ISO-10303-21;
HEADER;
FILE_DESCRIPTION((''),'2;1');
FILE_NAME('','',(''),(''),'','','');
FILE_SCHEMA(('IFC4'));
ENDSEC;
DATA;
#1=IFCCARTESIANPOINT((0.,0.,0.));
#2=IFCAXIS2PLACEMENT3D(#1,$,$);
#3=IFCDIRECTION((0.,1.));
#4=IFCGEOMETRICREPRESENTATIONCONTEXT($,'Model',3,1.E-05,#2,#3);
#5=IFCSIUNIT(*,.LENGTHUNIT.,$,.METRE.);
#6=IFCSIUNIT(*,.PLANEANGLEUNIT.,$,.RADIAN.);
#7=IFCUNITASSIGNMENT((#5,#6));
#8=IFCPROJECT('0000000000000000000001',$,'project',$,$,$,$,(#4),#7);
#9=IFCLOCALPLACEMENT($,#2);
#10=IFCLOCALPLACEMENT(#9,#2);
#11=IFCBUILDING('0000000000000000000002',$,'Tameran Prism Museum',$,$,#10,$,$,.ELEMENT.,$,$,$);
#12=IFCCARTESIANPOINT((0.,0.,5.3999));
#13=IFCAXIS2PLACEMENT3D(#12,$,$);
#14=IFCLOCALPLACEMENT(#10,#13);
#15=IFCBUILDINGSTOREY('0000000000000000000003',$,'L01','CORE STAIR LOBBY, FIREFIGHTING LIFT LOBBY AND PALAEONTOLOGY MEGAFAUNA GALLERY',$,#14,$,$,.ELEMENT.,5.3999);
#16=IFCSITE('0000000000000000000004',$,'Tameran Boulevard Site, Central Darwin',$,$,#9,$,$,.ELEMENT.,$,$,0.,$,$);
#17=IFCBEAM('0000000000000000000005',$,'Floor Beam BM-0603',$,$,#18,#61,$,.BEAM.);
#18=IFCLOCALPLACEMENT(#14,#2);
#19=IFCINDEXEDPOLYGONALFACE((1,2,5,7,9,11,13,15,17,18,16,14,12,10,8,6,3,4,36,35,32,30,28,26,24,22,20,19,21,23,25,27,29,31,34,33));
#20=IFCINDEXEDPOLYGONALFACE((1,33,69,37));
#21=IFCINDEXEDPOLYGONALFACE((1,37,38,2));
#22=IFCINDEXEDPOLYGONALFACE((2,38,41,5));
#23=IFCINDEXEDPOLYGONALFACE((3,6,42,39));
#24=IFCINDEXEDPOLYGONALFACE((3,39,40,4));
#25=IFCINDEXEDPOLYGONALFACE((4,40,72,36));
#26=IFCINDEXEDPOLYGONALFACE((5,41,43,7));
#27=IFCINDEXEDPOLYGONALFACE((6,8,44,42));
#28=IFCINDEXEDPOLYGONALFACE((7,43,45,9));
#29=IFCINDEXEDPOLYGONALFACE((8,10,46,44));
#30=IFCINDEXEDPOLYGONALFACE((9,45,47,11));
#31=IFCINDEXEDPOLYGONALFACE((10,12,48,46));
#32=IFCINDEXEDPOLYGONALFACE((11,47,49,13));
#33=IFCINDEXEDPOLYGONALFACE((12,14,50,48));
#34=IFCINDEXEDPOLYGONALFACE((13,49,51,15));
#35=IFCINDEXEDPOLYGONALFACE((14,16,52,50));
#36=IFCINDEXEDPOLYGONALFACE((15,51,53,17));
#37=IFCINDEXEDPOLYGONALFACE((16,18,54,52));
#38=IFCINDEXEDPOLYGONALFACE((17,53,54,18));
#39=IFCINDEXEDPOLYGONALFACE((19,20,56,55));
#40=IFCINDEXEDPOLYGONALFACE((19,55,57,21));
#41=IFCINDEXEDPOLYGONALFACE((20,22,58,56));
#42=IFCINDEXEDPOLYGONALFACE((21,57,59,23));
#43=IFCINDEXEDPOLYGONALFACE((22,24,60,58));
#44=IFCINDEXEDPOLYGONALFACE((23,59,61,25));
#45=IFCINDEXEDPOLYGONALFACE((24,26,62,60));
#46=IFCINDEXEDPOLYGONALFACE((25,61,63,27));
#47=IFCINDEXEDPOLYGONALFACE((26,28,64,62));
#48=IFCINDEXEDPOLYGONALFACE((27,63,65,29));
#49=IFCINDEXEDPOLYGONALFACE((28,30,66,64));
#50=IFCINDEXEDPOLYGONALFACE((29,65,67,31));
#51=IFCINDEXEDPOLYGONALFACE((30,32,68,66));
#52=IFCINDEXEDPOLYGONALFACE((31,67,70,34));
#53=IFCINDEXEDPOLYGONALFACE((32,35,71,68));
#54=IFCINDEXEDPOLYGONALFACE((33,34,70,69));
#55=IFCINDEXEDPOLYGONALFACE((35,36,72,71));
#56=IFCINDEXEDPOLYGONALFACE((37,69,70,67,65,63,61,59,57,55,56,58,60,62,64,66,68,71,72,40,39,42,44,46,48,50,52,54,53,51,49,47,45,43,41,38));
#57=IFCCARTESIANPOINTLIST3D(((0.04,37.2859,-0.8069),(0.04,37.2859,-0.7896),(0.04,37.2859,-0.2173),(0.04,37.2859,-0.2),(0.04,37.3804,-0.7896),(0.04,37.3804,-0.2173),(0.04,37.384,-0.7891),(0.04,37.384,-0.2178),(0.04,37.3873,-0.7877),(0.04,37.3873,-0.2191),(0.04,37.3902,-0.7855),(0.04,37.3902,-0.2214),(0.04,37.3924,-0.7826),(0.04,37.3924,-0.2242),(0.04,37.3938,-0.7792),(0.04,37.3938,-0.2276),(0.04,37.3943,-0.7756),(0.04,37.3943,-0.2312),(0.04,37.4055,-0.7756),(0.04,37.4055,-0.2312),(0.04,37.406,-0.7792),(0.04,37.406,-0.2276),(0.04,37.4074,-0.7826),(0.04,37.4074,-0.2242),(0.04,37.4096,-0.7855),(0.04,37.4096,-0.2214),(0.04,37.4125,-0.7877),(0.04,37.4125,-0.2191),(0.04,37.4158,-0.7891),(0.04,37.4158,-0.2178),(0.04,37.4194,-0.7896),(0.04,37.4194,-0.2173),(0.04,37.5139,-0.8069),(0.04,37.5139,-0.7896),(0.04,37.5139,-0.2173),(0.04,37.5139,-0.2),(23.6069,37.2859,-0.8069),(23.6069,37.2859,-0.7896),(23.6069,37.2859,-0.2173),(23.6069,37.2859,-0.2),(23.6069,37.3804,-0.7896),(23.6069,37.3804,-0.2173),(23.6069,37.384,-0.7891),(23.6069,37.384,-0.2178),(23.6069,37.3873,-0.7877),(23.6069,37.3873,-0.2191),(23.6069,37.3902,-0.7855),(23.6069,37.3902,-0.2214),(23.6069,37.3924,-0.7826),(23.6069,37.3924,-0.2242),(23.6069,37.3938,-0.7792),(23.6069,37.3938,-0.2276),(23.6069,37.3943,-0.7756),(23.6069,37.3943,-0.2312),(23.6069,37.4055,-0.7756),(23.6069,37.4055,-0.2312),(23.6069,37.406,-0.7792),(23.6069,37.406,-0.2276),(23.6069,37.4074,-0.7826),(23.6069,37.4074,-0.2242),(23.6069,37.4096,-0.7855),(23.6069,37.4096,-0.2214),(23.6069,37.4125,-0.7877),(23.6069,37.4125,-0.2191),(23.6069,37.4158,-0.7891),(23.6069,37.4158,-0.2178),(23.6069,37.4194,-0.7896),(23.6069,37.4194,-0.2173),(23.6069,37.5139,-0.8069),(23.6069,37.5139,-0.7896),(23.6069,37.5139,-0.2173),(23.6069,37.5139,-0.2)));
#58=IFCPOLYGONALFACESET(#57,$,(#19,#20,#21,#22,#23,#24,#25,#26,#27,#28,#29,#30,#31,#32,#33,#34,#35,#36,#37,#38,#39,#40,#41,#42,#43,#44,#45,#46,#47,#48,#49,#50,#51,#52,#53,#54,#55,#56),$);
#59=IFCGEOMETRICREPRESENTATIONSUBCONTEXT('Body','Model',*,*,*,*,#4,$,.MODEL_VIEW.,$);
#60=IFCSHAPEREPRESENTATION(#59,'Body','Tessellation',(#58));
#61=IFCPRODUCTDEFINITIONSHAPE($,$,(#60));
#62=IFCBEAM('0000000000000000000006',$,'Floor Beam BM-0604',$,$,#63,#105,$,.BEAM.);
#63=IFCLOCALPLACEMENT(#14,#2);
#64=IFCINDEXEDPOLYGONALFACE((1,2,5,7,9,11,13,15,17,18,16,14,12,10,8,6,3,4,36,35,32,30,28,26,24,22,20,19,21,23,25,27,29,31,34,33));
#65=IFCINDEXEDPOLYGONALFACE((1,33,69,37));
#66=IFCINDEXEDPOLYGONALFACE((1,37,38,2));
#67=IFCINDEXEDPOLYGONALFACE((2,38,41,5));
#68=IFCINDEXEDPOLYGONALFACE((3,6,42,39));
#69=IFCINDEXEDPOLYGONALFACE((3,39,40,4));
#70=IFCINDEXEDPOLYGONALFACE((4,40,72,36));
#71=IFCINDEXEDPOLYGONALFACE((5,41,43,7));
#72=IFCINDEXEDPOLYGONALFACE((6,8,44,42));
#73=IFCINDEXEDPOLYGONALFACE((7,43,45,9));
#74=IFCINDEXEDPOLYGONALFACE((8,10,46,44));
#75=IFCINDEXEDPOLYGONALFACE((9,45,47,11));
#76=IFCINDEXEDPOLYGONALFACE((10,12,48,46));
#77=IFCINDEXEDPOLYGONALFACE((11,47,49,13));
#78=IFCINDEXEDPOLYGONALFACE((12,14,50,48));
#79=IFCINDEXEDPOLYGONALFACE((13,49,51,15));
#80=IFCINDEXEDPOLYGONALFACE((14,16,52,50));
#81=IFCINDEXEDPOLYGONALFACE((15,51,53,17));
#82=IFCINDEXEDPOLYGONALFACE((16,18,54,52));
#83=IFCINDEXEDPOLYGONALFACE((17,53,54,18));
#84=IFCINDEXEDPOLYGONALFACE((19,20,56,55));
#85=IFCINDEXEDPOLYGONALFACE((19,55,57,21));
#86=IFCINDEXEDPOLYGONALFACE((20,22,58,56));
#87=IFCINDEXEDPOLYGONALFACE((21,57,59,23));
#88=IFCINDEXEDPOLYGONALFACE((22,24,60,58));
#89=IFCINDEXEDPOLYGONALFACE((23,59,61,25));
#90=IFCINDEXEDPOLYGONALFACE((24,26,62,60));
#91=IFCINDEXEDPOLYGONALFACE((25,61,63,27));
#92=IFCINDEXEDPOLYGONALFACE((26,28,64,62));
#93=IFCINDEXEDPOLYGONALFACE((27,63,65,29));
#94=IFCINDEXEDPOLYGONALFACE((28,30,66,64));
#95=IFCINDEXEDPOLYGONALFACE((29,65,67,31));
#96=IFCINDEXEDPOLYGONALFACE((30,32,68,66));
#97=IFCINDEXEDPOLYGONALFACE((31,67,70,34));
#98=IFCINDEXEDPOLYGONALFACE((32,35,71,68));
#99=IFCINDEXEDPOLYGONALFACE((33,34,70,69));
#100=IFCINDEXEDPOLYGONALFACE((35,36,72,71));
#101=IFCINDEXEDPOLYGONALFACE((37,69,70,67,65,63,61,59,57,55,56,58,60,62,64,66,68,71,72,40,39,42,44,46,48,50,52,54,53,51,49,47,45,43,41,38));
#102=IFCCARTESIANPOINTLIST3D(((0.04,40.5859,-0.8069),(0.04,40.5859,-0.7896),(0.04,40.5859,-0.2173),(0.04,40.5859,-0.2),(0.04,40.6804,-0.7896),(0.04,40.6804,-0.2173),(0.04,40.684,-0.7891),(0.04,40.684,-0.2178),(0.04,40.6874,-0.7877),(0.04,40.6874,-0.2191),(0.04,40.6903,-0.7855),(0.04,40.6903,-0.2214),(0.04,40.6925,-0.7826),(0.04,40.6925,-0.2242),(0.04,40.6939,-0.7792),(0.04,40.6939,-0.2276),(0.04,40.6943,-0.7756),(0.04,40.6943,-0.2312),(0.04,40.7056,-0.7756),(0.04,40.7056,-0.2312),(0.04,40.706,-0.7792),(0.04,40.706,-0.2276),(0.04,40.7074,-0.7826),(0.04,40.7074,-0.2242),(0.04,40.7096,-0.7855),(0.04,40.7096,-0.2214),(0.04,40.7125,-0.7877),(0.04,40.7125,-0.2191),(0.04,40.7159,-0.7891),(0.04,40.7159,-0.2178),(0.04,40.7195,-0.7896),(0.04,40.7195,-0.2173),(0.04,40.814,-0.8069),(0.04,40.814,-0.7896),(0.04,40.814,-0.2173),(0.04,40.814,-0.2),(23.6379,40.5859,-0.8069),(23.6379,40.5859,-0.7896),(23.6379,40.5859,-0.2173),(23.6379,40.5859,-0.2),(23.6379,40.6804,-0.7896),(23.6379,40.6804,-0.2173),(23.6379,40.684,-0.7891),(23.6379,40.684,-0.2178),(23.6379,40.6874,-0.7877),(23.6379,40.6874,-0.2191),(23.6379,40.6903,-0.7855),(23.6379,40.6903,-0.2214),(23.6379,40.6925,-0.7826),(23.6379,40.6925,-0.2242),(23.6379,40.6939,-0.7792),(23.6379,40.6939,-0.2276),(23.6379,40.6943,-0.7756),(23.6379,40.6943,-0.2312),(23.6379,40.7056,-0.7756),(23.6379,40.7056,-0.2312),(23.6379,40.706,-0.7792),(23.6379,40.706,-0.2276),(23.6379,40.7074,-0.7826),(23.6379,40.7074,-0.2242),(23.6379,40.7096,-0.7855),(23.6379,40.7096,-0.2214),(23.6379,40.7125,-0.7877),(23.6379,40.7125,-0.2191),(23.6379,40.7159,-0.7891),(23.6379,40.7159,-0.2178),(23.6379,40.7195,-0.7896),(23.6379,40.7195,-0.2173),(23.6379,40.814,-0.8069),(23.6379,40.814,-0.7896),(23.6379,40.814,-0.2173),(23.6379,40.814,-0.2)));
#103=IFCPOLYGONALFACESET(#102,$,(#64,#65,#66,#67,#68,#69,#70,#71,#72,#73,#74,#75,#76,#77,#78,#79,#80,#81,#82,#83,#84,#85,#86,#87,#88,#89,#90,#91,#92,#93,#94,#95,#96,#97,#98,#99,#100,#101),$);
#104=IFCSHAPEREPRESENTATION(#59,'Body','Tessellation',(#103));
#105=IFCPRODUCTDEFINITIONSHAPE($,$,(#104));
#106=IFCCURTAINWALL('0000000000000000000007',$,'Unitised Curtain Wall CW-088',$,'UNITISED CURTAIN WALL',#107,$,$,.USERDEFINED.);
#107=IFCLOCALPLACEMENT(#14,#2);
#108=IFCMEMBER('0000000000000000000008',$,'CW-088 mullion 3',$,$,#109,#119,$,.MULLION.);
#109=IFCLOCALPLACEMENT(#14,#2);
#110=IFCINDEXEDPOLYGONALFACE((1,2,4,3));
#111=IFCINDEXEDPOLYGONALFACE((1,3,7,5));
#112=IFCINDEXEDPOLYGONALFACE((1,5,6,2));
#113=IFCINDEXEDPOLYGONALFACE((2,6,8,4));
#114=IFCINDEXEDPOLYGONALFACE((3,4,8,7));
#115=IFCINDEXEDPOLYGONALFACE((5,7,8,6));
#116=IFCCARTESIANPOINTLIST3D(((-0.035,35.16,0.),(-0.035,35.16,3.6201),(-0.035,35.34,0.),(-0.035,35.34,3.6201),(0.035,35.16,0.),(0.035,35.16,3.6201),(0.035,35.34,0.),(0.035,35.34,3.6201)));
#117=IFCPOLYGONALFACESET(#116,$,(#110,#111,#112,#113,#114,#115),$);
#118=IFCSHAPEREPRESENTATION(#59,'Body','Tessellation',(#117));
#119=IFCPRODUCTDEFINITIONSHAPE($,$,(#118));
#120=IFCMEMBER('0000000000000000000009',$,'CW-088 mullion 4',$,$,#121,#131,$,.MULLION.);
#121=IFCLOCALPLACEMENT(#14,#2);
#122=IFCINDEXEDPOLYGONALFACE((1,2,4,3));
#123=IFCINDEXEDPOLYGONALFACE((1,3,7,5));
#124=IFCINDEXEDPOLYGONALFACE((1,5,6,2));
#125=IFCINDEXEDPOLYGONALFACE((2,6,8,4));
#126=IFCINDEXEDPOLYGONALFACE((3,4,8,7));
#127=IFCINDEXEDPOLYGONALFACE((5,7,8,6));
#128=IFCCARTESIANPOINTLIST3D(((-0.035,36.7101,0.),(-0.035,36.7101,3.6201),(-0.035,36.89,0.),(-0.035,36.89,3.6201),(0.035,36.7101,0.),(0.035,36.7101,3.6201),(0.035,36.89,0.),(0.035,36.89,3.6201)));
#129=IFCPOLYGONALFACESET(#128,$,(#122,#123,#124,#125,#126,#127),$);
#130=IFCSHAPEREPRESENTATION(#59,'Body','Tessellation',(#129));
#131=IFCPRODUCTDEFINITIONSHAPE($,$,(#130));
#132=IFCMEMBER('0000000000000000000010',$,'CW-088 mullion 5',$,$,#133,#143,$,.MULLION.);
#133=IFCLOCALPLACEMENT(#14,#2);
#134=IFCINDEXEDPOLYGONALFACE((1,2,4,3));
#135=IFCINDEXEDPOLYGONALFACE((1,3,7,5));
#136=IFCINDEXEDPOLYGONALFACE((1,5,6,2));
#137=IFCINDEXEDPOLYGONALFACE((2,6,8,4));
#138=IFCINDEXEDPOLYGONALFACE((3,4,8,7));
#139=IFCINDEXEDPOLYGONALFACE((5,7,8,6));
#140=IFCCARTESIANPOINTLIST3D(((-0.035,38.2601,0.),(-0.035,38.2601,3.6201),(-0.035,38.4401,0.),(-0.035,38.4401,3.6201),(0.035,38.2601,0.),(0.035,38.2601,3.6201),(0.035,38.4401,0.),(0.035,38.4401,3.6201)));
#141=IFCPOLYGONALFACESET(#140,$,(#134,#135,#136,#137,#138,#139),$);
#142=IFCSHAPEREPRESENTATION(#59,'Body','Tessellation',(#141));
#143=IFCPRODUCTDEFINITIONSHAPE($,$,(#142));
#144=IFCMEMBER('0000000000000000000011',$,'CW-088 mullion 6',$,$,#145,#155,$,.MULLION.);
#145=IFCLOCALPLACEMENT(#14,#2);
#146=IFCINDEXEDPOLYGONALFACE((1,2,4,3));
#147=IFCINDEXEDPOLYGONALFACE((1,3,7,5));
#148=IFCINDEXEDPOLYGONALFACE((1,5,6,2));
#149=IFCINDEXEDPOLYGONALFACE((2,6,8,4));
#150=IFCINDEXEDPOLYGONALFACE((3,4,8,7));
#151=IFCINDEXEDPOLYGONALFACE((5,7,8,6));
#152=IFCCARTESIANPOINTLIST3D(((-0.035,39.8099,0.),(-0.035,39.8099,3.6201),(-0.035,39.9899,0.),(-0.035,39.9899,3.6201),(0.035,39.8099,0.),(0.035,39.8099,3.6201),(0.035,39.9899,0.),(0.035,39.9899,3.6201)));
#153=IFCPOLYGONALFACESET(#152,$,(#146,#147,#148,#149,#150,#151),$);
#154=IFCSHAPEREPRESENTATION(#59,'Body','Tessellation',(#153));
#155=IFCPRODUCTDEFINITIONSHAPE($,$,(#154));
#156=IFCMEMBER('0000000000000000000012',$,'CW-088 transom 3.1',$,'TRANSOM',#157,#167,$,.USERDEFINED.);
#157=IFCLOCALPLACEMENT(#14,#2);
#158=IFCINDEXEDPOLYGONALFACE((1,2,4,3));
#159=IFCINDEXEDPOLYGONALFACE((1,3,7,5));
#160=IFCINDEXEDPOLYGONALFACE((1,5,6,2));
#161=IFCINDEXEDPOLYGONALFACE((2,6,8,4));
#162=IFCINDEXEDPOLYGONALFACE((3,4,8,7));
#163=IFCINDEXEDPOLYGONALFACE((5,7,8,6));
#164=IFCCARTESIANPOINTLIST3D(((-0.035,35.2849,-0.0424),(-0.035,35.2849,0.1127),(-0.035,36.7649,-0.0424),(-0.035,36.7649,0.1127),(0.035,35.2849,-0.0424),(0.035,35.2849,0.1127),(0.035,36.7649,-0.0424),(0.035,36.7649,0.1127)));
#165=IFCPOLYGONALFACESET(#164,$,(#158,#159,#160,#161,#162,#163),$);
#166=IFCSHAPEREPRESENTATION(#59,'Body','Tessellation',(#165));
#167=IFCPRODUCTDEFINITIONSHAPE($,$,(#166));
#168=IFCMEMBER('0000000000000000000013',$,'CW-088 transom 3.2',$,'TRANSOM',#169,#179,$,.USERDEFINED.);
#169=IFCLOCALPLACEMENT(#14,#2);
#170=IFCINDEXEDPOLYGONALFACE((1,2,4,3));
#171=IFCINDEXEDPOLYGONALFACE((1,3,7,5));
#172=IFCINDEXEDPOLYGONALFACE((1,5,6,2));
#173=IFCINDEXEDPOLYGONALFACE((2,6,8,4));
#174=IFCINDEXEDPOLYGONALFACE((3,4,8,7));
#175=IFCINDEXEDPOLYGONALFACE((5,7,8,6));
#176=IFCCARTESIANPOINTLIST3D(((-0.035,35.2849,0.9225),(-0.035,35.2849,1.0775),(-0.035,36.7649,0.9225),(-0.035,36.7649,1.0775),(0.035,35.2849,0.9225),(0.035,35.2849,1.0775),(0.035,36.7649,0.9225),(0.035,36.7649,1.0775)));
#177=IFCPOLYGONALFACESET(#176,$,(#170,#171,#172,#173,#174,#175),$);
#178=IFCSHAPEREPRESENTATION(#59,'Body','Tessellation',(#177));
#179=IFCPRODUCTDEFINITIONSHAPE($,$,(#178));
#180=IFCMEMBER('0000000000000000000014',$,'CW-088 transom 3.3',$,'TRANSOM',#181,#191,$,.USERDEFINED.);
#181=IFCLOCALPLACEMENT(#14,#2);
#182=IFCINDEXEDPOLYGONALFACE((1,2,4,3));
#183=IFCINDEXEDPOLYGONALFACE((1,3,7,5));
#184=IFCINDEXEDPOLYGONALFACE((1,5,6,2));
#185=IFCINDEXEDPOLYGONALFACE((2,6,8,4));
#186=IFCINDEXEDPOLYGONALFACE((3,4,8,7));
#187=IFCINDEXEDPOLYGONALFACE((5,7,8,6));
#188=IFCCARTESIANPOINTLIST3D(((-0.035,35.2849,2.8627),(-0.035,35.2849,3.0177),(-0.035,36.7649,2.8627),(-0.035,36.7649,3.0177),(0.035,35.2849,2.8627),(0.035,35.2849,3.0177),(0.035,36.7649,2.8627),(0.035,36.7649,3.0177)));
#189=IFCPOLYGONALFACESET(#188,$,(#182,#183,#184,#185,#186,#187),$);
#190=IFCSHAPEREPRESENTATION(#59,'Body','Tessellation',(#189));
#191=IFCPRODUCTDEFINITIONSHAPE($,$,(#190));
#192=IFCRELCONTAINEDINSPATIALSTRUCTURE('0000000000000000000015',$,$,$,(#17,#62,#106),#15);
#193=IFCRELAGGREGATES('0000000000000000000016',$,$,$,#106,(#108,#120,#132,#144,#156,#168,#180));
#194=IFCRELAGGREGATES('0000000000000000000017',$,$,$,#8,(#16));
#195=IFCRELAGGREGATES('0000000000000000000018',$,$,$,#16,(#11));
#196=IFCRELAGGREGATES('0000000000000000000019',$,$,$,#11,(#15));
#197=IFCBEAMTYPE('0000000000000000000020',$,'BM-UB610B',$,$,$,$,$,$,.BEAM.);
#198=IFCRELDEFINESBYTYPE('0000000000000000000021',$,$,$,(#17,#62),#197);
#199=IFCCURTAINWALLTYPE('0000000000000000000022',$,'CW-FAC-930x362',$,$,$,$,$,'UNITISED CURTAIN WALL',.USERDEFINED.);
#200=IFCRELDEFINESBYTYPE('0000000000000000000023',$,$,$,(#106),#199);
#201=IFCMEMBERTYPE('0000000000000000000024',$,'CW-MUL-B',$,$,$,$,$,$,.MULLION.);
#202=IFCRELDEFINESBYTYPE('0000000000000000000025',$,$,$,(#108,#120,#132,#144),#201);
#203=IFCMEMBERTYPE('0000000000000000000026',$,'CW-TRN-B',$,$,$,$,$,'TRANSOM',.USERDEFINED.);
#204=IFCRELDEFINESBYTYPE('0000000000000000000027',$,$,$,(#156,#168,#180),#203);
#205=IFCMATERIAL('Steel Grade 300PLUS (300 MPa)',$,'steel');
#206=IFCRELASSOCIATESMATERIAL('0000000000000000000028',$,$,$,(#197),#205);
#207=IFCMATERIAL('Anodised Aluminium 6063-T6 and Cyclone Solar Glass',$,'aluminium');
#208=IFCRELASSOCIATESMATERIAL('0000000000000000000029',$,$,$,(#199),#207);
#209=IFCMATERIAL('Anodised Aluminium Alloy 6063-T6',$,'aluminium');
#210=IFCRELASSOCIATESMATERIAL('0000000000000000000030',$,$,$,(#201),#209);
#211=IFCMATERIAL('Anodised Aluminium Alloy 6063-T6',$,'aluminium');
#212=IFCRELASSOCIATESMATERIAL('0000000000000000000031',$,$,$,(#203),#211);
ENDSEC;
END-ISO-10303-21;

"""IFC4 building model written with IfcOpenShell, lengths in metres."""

from ifc_helpers import new_model, si_unit, direction, frame, origin, origin_2d, place, context, subcontext, project, spatial, rectangle, i_section, extrude, material, material_profile, profile_set, type_object, element, aggregate, save


model = new_model("IFC4")

# Units and contexts
model_context = context("Model", 3, precision=1e-05, world=origin(), true_north=direction((0.0, 1.0)))
body_context = subcontext(model_context, "Body", "Model", "MODEL_VIEW")
ifc_project = project(units=[si_unit("LENGTHUNIT", "METRE"), si_unit("PLANEANGLEUNIT", "RADIAN")], contexts=[model_context])

# Site, building, storey
site_placement = place(None, origin())
site = spatial("IfcSite", under=ifc_project, at=site_placement, Name="Tameran Boulevard Site, Central Darwin", CompositionType="ELEMENT", RefElevation=0.0)
building_placement = place(site_placement, origin())
building = spatial("IfcBuilding", under=site, at=building_placement, Name="Tameran Prism Museum", CompositionType="ELEMENT")
storey_placement = place(building_placement, frame((0.0, 0.0, 5.3999)))
storey = spatial("IfcBuildingStorey", under=building, at=storey_placement, Name="L01", Description="CORE STAIR LOBBY, FIREFIGHTING LIFT LOBBY AND PALAEONTOLOGY MEGAFAUNA GALLERY", CompositionType="ELEMENT", Elevation=5.3999)

# Beams
ifc_material_1 = material(Name="Steel Grade 300PLUS (300 MPa)", Category="steel")
ifc_material_profile_1 = material_profile(ifc_material_1, i_section(OverallWidth=0.228, OverallDepth=0.6069, WebThickness=0.0112, FlangeThickness=0.0173, FilletRadius=0.0139, at=origin_2d()))
ifc_profile_set_1 = profile_set([ifc_material_profile_1])
beam_type = type_object("IfcBeamType", Name="BM-UB610B", PredefinedType="BEAM", material=ifc_profile_set_1)
beam_1_placement = place(storey_placement, frame((0.04, 37.3999, -0.5034), z_axis=(1.0, 0.0, 0.0), x_axis=(0.0, 1.0, 0.0)))
element("IfcBeam", 1, at=beam_1_placement, inside=storey, type_object=beam_type, Name="Floor Beam BM-0603", PredefinedType="BEAM", context=body_context, shape_type="SweptSolid", body=[
    extrude(i_section(OverallWidth=0.228, OverallDepth=0.6069, WebThickness=0.0112, FlangeThickness=0.0173, FilletRadius=0.0139, at=origin_2d()), origin(), (0.0, 0.0, 1.0), 23.5669),
])
beam_2_placement = place(storey_placement, frame((0.04, 40.7, -0.5034), z_axis=(1.0, 0.0, 0.0), x_axis=(0.0, 1.0, 0.0)))
element("IfcBeam", 2, at=beam_2_placement, inside=storey, type_object=beam_type, Name="Floor Beam BM-0604", PredefinedType="BEAM", context=body_context, shape_type="SweptSolid", body=[
    extrude(i_section(OverallWidth=0.228, OverallDepth=0.6069, WebThickness=0.0112, FlangeThickness=0.0173, FilletRadius=0.0139, at=origin_2d()), origin(), (0.0, 0.0, 1.0), 23.5979),
])

# Curtain wall, members
ifc_material_2 = material(Name="Anodised Aluminium 6063-T6 and Cyclone Solar Glass", Category="aluminium")
curtain_wall_type = type_object("IfcCurtainWallType", Name="CW-FAC-930x362", ElementType="UNITISED CURTAIN WALL", PredefinedType="USERDEFINED", material=ifc_material_2)
curtain_wall_placement = place(storey_placement, origin())
curtain_wall = element("IfcCurtainWall", 3, at=curtain_wall_placement, inside=storey, type_object=curtain_wall_type, Name="Unitised Curtain Wall CW-088", ObjectType="UNITISED CURTAIN WALL", PredefinedType="USERDEFINED")
ifc_material_3 = material(Name="Anodised Aluminium Alloy 6063-T6", Category="aluminium")
ifc_material_profile_2 = material_profile(ifc_material_3, rectangle(XDim=0.0701, YDim=0.1799, at=origin_2d()))
ifc_profile_set_2 = profile_set([ifc_material_profile_2])
member_type_1 = type_object("IfcMemberType", Name="CW-MUL-B", PredefinedType="MULLION", material=ifc_profile_set_2)
member_1_placement = place(storey_placement, frame((0.0, 35.25, 0.0), z_axis=(0.0, 0.0, 1.0), x_axis=(-1.0, 0.0, 0.0)))
member_1 = element("IfcMember", 4, at=member_1_placement, type_object=member_type_1, Name="CW-088 mullion 3", PredefinedType="MULLION", context=body_context, shape_type="SweptSolid", body=[
    extrude(rectangle(XDim=0.0701, YDim=0.1799, at=origin_2d()), origin(), (0.0, 0.0, 1.0), 3.6201),
])
member_2_placement = place(storey_placement, frame((0.0, 36.8, 0.0), z_axis=(0.0, 0.0, 1.0), x_axis=(-1.0, 0.0, 0.0)))
member_2 = element("IfcMember", 5, at=member_2_placement, type_object=member_type_1, Name="CW-088 mullion 4", PredefinedType="MULLION", context=body_context, shape_type="SweptSolid", body=[
    extrude(rectangle(XDim=0.0701, YDim=0.1799, at=origin_2d()), origin(), (0.0, 0.0, 1.0), 3.6201),
])
member_3_placement = place(storey_placement, frame((0.0, 38.3501, 0.0), z_axis=(0.0, 0.0, 1.0), x_axis=(-1.0, 0.0, 0.0)))
member_3 = element("IfcMember", 6, at=member_3_placement, type_object=member_type_1, Name="CW-088 mullion 5", PredefinedType="MULLION", context=body_context, shape_type="SweptSolid", body=[
    extrude(rectangle(XDim=0.0701, YDim=0.1799, at=origin_2d()), origin(), (0.0, 0.0, 1.0), 3.6201),
])
member_4_placement = place(storey_placement, frame((0.0, 39.8999, 0.0), z_axis=(0.0, 0.0, 1.0), x_axis=(-1.0, 0.0, 0.0)))
member_4 = element("IfcMember", 7, at=member_4_placement, type_object=member_type_1, Name="CW-088 mullion 6", PredefinedType="MULLION", context=body_context, shape_type="SweptSolid", body=[
    extrude(rectangle(XDim=0.0701, YDim=0.1799, at=origin_2d()), origin(), (0.0, 0.0, 1.0), 3.6201),
])
ifc_material_4 = material(Name="Anodised Aluminium Alloy 6063-T6", Category="aluminium")
ifc_material_profile_3 = material_profile(ifc_material_4, rectangle(XDim=0.0701, YDim=0.155, at=origin_2d()))
ifc_profile_set_3 = profile_set([ifc_material_profile_3])
member_type_2 = type_object("IfcMemberType", Name="CW-TRN-B", ElementType="TRANSOM", PredefinedType="USERDEFINED", material=ifc_profile_set_3)
member_5_placement = place(storey_placement, frame((0.0, 35.2849, 0.0352), z_axis=(0.0, 1.0, 0.0), x_axis=(-1.0, 0.0, 0.0)))
member_5 = element("IfcMember", 8, at=member_5_placement, type_object=member_type_2, Name="CW-088 transom 3.1", ObjectType="TRANSOM", PredefinedType="USERDEFINED", context=body_context, shape_type="SweptSolid", body=[
    extrude(rectangle(XDim=0.0701, YDim=0.155, at=origin_2d()), origin(), (0.0, 0.0, 1.0), 1.48),
])
member_6_placement = place(storey_placement, frame((0.0, 35.2849, 1.0), z_axis=(0.0, 1.0, 0.0), x_axis=(-1.0, 0.0, 0.0)))
member_6 = element("IfcMember", 9, at=member_6_placement, type_object=member_type_2, Name="CW-088 transom 3.2", ObjectType="TRANSOM", PredefinedType="USERDEFINED", context=body_context, shape_type="SweptSolid", body=[
    extrude(rectangle(XDim=0.0701, YDim=0.155, at=origin_2d()), origin(), (0.0, 0.0, 1.0), 1.48),
])
member_7_placement = place(storey_placement, frame((0.0, 35.2849, 2.9402), z_axis=(0.0, 1.0, 0.0), x_axis=(-1.0, 0.0, 0.0)))
member_7 = element("IfcMember", 10, at=member_7_placement, type_object=member_type_2, Name="CW-088 transom 3.3", ObjectType="TRANSOM", PredefinedType="USERDEFINED", context=body_context, shape_type="SweptSolid", body=[
    extrude(rectangle(XDim=0.0701, YDim=0.155, at=origin_2d()), origin(), (0.0, 0.0, 1.0), 1.48),
])
aggregate(curtain_wall, [member_1, member_2, member_3, member_4, member_5, member_6, member_7])

save(model, "model.ifc")
